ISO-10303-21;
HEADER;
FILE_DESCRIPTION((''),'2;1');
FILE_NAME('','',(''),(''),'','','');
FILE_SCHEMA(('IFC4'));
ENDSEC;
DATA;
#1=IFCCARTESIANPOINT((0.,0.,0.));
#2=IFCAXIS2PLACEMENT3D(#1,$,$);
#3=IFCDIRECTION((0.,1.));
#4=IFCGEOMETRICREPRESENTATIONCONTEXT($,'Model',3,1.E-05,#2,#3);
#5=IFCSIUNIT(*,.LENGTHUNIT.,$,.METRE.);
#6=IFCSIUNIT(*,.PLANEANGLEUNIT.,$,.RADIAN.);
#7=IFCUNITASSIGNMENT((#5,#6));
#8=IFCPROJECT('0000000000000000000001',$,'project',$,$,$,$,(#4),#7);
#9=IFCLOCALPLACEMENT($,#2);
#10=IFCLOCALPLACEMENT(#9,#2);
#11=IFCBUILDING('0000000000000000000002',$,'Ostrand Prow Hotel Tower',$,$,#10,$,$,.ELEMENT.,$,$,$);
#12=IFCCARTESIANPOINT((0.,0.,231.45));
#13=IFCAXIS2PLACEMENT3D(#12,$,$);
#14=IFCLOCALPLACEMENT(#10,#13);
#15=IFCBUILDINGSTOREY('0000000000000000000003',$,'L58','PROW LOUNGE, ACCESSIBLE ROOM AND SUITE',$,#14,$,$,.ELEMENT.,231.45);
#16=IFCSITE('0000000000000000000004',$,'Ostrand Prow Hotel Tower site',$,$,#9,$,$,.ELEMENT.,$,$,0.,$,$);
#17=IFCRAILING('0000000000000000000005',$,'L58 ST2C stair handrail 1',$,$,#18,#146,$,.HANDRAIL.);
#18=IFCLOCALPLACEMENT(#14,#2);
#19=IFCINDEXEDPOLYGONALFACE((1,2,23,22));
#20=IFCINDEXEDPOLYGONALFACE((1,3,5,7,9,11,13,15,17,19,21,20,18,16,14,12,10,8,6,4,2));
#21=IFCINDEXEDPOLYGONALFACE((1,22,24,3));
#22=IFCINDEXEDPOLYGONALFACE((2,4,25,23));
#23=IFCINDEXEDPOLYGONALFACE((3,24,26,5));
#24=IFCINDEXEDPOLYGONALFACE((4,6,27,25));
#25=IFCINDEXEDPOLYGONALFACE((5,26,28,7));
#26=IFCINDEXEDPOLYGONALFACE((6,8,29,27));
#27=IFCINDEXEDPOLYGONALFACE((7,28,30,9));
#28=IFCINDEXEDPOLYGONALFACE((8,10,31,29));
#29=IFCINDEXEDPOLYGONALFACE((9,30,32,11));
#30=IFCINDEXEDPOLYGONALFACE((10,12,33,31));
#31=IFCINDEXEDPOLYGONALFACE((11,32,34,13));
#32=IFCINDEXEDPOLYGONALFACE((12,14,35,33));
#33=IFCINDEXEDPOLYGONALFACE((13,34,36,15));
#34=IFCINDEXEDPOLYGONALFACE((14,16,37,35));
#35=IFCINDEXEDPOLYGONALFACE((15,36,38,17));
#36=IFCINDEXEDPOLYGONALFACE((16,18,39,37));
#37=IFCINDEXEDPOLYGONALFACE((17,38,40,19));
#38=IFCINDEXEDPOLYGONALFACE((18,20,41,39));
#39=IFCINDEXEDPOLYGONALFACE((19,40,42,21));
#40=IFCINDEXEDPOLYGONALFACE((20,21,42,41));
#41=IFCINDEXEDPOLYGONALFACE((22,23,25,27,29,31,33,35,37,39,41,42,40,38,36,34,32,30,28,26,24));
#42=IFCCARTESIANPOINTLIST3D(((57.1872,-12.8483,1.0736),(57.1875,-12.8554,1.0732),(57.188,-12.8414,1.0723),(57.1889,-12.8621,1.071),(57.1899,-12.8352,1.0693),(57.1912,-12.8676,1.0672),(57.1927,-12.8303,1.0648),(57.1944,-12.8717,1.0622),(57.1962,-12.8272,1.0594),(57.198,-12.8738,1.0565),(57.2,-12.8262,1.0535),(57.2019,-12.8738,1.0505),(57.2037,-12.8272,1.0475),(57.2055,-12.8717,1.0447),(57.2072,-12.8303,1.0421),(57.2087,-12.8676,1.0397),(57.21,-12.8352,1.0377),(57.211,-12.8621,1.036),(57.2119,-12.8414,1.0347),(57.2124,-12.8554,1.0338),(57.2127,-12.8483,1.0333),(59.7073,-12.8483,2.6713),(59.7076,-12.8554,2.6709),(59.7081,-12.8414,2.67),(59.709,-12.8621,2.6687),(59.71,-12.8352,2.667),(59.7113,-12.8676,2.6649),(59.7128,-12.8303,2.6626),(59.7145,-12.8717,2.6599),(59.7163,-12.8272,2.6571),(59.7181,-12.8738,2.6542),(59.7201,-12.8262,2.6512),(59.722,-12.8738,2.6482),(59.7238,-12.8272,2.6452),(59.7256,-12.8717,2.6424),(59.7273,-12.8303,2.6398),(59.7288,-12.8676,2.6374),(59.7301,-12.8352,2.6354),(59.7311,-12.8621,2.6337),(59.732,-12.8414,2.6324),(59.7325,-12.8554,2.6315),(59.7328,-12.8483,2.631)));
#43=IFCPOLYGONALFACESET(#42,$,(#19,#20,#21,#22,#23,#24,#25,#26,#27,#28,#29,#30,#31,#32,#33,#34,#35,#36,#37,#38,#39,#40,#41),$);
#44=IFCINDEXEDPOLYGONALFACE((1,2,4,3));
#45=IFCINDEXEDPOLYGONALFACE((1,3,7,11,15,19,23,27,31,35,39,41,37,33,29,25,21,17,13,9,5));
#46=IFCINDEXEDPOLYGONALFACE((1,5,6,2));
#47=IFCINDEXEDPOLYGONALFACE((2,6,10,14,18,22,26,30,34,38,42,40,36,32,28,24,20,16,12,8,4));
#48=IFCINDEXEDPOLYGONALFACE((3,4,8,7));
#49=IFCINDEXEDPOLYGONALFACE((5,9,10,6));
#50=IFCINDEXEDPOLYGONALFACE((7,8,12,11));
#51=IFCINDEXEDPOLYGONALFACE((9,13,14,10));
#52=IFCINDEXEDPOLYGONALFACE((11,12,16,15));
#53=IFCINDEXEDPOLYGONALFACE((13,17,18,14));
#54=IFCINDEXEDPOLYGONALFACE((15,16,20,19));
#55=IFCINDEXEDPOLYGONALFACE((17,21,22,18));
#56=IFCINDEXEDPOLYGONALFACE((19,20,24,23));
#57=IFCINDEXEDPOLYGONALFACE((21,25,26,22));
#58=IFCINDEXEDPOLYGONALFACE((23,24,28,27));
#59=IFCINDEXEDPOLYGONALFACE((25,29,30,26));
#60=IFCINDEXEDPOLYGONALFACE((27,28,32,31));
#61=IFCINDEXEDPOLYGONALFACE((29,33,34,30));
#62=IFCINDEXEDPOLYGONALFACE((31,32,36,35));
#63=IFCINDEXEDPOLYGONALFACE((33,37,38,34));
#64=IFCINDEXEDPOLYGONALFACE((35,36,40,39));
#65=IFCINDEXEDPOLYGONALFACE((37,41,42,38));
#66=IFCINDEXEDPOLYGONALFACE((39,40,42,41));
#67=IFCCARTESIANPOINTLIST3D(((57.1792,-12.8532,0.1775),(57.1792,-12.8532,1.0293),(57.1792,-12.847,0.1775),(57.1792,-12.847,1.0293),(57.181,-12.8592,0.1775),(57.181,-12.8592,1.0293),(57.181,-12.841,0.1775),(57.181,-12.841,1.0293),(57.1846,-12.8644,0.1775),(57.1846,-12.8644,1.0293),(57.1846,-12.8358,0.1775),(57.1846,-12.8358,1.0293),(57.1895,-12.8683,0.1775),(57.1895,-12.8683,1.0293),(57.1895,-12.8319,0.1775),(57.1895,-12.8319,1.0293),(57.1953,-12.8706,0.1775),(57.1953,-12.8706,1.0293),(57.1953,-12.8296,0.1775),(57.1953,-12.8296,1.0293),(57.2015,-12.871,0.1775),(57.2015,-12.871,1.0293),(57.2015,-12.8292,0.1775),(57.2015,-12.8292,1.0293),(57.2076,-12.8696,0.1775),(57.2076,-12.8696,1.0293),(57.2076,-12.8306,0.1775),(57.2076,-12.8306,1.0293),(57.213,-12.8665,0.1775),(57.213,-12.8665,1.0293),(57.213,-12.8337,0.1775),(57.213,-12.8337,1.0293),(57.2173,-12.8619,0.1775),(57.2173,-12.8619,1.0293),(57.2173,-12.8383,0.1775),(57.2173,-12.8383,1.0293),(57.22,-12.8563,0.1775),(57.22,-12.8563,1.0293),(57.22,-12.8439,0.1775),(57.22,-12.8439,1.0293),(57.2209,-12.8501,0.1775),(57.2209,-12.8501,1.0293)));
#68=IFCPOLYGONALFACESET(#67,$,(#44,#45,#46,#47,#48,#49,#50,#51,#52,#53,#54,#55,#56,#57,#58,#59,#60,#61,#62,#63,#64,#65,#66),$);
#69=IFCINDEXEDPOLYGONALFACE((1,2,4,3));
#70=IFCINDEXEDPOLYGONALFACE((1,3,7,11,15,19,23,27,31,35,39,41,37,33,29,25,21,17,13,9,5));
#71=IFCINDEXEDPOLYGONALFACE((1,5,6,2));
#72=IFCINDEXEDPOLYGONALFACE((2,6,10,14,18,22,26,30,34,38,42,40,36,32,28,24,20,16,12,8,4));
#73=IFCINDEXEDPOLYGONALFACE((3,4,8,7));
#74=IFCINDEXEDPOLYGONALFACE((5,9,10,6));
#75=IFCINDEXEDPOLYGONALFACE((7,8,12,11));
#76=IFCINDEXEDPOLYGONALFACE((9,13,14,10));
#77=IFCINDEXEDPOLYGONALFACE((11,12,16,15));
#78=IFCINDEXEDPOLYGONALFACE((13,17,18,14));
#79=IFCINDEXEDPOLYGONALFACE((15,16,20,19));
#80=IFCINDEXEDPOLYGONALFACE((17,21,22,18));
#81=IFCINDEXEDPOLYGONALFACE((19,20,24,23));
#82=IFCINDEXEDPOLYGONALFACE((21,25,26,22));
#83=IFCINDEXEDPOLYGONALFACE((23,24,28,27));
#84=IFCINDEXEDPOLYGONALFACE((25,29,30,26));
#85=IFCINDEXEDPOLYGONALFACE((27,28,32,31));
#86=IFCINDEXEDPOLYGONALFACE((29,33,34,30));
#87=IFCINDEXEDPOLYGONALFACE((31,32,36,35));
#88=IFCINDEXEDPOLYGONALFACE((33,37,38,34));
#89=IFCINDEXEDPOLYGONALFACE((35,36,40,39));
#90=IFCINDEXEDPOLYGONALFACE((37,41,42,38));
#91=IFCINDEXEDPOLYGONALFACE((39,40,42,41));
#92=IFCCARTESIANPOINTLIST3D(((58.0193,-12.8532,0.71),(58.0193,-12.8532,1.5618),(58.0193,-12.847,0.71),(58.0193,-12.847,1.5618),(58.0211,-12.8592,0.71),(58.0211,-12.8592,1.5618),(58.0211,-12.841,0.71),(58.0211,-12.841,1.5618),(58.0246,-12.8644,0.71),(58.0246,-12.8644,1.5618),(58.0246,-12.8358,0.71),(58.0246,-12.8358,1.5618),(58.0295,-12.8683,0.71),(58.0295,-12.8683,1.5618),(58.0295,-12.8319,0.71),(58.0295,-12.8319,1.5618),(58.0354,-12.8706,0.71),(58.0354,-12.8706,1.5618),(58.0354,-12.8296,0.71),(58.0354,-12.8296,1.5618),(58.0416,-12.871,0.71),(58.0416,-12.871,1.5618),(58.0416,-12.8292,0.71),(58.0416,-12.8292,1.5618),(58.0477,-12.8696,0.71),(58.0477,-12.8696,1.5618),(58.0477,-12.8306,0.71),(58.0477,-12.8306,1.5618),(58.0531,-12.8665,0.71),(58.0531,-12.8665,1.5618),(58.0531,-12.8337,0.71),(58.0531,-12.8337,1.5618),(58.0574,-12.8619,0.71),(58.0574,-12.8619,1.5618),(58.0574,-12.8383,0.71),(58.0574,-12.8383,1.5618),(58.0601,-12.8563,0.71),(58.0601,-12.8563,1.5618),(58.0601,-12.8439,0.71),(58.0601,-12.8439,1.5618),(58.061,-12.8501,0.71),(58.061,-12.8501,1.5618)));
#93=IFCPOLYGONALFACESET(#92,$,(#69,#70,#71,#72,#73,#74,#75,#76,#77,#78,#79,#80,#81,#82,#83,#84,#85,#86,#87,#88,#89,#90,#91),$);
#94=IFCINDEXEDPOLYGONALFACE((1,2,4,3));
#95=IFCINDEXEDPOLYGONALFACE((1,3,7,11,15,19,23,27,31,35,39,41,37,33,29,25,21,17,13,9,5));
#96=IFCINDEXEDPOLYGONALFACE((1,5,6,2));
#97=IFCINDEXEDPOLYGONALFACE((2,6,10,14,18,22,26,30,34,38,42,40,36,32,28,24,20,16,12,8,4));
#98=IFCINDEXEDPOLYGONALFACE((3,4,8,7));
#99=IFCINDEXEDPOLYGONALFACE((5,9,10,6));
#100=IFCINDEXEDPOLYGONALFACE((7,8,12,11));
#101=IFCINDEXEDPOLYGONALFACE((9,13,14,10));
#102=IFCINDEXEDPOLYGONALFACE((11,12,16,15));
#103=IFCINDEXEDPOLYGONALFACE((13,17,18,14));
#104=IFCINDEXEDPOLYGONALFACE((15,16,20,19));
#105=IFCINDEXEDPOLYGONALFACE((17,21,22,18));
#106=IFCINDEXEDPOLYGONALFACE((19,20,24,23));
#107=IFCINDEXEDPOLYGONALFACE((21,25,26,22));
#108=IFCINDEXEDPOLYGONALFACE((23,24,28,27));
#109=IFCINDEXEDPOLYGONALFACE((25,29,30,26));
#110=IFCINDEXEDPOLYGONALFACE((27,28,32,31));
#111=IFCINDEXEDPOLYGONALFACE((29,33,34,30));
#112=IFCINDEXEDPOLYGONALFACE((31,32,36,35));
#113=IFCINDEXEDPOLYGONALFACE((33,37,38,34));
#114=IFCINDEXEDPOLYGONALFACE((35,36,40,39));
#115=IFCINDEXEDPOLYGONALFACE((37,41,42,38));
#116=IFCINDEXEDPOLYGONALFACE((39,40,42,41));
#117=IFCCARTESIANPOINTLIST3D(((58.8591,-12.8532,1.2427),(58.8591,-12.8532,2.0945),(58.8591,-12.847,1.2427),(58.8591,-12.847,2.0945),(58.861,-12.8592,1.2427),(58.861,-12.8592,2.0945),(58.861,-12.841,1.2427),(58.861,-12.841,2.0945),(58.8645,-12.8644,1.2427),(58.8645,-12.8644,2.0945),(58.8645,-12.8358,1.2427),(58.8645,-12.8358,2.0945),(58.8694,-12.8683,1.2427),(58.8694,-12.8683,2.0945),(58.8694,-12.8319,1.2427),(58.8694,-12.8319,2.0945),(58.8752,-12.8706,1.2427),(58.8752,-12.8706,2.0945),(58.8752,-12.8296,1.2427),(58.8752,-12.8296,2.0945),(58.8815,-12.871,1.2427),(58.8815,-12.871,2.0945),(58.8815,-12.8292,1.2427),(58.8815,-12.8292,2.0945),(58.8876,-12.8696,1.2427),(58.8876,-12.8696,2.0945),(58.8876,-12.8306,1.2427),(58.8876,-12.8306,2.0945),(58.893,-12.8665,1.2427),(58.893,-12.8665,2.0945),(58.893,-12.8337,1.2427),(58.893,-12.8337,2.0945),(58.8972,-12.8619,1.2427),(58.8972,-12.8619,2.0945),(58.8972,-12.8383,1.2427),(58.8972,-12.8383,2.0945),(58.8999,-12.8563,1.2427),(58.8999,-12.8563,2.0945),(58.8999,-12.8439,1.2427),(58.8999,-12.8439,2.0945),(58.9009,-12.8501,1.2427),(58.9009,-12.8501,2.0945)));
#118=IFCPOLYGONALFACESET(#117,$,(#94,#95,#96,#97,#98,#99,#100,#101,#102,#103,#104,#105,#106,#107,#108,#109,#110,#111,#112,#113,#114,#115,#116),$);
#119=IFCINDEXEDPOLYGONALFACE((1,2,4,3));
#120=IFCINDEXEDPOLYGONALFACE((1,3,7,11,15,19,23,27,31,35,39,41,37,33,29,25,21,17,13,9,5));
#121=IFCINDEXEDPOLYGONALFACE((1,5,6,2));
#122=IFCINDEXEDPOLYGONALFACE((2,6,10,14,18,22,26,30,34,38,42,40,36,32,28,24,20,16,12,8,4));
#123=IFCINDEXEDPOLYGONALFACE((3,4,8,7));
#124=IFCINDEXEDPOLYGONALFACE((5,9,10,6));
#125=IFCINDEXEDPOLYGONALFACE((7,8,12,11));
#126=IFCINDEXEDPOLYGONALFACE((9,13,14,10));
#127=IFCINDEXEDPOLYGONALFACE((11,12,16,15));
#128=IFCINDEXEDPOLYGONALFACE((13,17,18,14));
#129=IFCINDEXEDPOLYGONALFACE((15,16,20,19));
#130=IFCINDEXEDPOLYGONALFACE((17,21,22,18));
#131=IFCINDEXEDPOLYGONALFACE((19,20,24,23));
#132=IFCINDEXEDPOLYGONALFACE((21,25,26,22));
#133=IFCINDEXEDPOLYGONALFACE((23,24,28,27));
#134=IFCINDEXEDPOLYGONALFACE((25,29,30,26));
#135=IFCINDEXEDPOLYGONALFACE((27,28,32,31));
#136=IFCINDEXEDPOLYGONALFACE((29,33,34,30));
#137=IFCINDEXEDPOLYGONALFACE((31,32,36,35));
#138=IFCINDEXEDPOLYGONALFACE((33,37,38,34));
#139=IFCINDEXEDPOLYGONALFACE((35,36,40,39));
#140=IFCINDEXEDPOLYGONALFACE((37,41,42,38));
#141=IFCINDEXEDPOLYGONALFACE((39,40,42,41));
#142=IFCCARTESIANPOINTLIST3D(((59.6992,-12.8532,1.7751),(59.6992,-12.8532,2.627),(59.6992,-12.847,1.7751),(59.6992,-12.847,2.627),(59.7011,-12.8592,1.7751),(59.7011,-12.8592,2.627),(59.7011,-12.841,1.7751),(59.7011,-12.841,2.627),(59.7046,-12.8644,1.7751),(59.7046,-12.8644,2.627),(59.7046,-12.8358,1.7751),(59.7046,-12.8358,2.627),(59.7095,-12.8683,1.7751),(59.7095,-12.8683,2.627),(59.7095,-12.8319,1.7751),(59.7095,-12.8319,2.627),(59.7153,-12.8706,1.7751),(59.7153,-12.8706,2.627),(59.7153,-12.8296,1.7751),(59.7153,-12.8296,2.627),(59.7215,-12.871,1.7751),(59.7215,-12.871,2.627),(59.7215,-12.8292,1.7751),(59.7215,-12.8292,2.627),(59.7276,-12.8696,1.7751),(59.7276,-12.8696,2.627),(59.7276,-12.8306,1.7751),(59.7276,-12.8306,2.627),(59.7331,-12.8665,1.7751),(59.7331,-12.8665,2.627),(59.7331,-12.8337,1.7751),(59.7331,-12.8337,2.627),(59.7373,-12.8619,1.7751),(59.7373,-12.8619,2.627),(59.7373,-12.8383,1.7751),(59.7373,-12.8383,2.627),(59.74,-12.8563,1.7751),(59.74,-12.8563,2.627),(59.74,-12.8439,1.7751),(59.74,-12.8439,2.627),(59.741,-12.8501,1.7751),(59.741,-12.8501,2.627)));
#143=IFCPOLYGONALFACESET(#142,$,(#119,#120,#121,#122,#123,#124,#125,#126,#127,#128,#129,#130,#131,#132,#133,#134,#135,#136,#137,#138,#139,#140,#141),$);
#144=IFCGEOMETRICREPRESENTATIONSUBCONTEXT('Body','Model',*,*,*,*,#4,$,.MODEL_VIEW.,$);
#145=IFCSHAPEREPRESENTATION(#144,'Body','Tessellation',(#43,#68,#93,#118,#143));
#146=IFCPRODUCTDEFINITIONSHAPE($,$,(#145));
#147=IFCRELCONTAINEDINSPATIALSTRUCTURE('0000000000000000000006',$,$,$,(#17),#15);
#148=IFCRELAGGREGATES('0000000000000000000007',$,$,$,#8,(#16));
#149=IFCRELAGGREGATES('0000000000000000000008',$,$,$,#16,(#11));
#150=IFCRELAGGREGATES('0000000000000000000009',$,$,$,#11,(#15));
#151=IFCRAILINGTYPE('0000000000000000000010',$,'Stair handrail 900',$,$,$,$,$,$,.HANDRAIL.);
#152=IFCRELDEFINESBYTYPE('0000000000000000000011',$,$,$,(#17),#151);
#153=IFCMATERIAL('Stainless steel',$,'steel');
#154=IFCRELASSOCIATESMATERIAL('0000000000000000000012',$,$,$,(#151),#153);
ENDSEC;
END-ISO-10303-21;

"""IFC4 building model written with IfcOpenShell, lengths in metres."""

from ifc_helpers import new_model, si_unit, direction, frame, origin, origin_2d, place, context, subcontext, project, spatial, circle, extrude, material, type_object, element, save


model = new_model("IFC4")

# Units and contexts
model_context = context("Model", 3, precision=1e-05, world=origin(), true_north=direction((0.0, 1.0)))
body_context = subcontext(model_context, "Body", "Model", "MODEL_VIEW")
ifc_project = project(units=[si_unit("LENGTHUNIT", "METRE"), si_unit("PLANEANGLEUNIT", "RADIAN")], contexts=[model_context])

# Site, building, storey
site_placement = place(None, origin())
site = spatial("IfcSite", under=ifc_project, at=site_placement, Name="Ostrand Prow Hotel Tower site", CompositionType="ELEMENT", RefElevation=0.0)
building_placement = place(site_placement, origin())
building = spatial("IfcBuilding", under=site, at=building_placement, Name="Ostrand Prow Hotel Tower", CompositionType="ELEMENT")
storey_placement = place(building_placement, frame((0.0, 0.0, 231.45)))
storey = spatial("IfcBuildingStorey", under=building, at=storey_placement, Name="L58", Description="PROW LOUNGE, ACCESSIBLE ROOM AND SUITE", CompositionType="ELEMENT", Elevation=231.45)

# Railing
ifc_material_1 = material(Name="Stainless steel", Category="steel")
railing_type_1 = type_object("IfcRailingType", Name="Stair handrail 900", PredefinedType="HANDRAIL", material=ifc_material_1)
railing_1_placement = place(storey_placement, frame((57.2, -12.8501, 0.1775)))
element("IfcRailing", 1, at=railing_1_placement, inside=storey, type_object=railing_type_1, Name="L58 ST2C stair handrail 1", PredefinedType="HANDRAIL", context=body_context, shape_type="SweptSolid", body=[
    extrude(circle(Radius=0.0239, at=origin_2d()), frame((0.0, 0.0, 0.876), z_axis=(0.84457, 0.0, 0.535445), x_axis=(0.0, 1.0, 0.0)), (0.0, 0.0, 1.0), 2.9839),
    extrude(circle(Radius=0.021, at=origin_2d()), origin(), (0.0, 0.0, 1.0), 0.8518),
    extrude(circle(Radius=0.021, at=origin_2d()), frame((0.8401, 0.0, 0.5325)), (0.0, 0.0, 1.0), 0.8518),
    extrude(circle(Radius=0.021, at=origin_2d()), frame((1.6799, 0.0, 1.0652)), (0.0, 0.0, 1.0), 0.8518),
    extrude(circle(Radius=0.021, at=origin_2d()), frame((2.52, 0.0, 1.5977)), (0.0, 0.0, 1.0), 0.8518),
])

save(model, "model.ifc")
